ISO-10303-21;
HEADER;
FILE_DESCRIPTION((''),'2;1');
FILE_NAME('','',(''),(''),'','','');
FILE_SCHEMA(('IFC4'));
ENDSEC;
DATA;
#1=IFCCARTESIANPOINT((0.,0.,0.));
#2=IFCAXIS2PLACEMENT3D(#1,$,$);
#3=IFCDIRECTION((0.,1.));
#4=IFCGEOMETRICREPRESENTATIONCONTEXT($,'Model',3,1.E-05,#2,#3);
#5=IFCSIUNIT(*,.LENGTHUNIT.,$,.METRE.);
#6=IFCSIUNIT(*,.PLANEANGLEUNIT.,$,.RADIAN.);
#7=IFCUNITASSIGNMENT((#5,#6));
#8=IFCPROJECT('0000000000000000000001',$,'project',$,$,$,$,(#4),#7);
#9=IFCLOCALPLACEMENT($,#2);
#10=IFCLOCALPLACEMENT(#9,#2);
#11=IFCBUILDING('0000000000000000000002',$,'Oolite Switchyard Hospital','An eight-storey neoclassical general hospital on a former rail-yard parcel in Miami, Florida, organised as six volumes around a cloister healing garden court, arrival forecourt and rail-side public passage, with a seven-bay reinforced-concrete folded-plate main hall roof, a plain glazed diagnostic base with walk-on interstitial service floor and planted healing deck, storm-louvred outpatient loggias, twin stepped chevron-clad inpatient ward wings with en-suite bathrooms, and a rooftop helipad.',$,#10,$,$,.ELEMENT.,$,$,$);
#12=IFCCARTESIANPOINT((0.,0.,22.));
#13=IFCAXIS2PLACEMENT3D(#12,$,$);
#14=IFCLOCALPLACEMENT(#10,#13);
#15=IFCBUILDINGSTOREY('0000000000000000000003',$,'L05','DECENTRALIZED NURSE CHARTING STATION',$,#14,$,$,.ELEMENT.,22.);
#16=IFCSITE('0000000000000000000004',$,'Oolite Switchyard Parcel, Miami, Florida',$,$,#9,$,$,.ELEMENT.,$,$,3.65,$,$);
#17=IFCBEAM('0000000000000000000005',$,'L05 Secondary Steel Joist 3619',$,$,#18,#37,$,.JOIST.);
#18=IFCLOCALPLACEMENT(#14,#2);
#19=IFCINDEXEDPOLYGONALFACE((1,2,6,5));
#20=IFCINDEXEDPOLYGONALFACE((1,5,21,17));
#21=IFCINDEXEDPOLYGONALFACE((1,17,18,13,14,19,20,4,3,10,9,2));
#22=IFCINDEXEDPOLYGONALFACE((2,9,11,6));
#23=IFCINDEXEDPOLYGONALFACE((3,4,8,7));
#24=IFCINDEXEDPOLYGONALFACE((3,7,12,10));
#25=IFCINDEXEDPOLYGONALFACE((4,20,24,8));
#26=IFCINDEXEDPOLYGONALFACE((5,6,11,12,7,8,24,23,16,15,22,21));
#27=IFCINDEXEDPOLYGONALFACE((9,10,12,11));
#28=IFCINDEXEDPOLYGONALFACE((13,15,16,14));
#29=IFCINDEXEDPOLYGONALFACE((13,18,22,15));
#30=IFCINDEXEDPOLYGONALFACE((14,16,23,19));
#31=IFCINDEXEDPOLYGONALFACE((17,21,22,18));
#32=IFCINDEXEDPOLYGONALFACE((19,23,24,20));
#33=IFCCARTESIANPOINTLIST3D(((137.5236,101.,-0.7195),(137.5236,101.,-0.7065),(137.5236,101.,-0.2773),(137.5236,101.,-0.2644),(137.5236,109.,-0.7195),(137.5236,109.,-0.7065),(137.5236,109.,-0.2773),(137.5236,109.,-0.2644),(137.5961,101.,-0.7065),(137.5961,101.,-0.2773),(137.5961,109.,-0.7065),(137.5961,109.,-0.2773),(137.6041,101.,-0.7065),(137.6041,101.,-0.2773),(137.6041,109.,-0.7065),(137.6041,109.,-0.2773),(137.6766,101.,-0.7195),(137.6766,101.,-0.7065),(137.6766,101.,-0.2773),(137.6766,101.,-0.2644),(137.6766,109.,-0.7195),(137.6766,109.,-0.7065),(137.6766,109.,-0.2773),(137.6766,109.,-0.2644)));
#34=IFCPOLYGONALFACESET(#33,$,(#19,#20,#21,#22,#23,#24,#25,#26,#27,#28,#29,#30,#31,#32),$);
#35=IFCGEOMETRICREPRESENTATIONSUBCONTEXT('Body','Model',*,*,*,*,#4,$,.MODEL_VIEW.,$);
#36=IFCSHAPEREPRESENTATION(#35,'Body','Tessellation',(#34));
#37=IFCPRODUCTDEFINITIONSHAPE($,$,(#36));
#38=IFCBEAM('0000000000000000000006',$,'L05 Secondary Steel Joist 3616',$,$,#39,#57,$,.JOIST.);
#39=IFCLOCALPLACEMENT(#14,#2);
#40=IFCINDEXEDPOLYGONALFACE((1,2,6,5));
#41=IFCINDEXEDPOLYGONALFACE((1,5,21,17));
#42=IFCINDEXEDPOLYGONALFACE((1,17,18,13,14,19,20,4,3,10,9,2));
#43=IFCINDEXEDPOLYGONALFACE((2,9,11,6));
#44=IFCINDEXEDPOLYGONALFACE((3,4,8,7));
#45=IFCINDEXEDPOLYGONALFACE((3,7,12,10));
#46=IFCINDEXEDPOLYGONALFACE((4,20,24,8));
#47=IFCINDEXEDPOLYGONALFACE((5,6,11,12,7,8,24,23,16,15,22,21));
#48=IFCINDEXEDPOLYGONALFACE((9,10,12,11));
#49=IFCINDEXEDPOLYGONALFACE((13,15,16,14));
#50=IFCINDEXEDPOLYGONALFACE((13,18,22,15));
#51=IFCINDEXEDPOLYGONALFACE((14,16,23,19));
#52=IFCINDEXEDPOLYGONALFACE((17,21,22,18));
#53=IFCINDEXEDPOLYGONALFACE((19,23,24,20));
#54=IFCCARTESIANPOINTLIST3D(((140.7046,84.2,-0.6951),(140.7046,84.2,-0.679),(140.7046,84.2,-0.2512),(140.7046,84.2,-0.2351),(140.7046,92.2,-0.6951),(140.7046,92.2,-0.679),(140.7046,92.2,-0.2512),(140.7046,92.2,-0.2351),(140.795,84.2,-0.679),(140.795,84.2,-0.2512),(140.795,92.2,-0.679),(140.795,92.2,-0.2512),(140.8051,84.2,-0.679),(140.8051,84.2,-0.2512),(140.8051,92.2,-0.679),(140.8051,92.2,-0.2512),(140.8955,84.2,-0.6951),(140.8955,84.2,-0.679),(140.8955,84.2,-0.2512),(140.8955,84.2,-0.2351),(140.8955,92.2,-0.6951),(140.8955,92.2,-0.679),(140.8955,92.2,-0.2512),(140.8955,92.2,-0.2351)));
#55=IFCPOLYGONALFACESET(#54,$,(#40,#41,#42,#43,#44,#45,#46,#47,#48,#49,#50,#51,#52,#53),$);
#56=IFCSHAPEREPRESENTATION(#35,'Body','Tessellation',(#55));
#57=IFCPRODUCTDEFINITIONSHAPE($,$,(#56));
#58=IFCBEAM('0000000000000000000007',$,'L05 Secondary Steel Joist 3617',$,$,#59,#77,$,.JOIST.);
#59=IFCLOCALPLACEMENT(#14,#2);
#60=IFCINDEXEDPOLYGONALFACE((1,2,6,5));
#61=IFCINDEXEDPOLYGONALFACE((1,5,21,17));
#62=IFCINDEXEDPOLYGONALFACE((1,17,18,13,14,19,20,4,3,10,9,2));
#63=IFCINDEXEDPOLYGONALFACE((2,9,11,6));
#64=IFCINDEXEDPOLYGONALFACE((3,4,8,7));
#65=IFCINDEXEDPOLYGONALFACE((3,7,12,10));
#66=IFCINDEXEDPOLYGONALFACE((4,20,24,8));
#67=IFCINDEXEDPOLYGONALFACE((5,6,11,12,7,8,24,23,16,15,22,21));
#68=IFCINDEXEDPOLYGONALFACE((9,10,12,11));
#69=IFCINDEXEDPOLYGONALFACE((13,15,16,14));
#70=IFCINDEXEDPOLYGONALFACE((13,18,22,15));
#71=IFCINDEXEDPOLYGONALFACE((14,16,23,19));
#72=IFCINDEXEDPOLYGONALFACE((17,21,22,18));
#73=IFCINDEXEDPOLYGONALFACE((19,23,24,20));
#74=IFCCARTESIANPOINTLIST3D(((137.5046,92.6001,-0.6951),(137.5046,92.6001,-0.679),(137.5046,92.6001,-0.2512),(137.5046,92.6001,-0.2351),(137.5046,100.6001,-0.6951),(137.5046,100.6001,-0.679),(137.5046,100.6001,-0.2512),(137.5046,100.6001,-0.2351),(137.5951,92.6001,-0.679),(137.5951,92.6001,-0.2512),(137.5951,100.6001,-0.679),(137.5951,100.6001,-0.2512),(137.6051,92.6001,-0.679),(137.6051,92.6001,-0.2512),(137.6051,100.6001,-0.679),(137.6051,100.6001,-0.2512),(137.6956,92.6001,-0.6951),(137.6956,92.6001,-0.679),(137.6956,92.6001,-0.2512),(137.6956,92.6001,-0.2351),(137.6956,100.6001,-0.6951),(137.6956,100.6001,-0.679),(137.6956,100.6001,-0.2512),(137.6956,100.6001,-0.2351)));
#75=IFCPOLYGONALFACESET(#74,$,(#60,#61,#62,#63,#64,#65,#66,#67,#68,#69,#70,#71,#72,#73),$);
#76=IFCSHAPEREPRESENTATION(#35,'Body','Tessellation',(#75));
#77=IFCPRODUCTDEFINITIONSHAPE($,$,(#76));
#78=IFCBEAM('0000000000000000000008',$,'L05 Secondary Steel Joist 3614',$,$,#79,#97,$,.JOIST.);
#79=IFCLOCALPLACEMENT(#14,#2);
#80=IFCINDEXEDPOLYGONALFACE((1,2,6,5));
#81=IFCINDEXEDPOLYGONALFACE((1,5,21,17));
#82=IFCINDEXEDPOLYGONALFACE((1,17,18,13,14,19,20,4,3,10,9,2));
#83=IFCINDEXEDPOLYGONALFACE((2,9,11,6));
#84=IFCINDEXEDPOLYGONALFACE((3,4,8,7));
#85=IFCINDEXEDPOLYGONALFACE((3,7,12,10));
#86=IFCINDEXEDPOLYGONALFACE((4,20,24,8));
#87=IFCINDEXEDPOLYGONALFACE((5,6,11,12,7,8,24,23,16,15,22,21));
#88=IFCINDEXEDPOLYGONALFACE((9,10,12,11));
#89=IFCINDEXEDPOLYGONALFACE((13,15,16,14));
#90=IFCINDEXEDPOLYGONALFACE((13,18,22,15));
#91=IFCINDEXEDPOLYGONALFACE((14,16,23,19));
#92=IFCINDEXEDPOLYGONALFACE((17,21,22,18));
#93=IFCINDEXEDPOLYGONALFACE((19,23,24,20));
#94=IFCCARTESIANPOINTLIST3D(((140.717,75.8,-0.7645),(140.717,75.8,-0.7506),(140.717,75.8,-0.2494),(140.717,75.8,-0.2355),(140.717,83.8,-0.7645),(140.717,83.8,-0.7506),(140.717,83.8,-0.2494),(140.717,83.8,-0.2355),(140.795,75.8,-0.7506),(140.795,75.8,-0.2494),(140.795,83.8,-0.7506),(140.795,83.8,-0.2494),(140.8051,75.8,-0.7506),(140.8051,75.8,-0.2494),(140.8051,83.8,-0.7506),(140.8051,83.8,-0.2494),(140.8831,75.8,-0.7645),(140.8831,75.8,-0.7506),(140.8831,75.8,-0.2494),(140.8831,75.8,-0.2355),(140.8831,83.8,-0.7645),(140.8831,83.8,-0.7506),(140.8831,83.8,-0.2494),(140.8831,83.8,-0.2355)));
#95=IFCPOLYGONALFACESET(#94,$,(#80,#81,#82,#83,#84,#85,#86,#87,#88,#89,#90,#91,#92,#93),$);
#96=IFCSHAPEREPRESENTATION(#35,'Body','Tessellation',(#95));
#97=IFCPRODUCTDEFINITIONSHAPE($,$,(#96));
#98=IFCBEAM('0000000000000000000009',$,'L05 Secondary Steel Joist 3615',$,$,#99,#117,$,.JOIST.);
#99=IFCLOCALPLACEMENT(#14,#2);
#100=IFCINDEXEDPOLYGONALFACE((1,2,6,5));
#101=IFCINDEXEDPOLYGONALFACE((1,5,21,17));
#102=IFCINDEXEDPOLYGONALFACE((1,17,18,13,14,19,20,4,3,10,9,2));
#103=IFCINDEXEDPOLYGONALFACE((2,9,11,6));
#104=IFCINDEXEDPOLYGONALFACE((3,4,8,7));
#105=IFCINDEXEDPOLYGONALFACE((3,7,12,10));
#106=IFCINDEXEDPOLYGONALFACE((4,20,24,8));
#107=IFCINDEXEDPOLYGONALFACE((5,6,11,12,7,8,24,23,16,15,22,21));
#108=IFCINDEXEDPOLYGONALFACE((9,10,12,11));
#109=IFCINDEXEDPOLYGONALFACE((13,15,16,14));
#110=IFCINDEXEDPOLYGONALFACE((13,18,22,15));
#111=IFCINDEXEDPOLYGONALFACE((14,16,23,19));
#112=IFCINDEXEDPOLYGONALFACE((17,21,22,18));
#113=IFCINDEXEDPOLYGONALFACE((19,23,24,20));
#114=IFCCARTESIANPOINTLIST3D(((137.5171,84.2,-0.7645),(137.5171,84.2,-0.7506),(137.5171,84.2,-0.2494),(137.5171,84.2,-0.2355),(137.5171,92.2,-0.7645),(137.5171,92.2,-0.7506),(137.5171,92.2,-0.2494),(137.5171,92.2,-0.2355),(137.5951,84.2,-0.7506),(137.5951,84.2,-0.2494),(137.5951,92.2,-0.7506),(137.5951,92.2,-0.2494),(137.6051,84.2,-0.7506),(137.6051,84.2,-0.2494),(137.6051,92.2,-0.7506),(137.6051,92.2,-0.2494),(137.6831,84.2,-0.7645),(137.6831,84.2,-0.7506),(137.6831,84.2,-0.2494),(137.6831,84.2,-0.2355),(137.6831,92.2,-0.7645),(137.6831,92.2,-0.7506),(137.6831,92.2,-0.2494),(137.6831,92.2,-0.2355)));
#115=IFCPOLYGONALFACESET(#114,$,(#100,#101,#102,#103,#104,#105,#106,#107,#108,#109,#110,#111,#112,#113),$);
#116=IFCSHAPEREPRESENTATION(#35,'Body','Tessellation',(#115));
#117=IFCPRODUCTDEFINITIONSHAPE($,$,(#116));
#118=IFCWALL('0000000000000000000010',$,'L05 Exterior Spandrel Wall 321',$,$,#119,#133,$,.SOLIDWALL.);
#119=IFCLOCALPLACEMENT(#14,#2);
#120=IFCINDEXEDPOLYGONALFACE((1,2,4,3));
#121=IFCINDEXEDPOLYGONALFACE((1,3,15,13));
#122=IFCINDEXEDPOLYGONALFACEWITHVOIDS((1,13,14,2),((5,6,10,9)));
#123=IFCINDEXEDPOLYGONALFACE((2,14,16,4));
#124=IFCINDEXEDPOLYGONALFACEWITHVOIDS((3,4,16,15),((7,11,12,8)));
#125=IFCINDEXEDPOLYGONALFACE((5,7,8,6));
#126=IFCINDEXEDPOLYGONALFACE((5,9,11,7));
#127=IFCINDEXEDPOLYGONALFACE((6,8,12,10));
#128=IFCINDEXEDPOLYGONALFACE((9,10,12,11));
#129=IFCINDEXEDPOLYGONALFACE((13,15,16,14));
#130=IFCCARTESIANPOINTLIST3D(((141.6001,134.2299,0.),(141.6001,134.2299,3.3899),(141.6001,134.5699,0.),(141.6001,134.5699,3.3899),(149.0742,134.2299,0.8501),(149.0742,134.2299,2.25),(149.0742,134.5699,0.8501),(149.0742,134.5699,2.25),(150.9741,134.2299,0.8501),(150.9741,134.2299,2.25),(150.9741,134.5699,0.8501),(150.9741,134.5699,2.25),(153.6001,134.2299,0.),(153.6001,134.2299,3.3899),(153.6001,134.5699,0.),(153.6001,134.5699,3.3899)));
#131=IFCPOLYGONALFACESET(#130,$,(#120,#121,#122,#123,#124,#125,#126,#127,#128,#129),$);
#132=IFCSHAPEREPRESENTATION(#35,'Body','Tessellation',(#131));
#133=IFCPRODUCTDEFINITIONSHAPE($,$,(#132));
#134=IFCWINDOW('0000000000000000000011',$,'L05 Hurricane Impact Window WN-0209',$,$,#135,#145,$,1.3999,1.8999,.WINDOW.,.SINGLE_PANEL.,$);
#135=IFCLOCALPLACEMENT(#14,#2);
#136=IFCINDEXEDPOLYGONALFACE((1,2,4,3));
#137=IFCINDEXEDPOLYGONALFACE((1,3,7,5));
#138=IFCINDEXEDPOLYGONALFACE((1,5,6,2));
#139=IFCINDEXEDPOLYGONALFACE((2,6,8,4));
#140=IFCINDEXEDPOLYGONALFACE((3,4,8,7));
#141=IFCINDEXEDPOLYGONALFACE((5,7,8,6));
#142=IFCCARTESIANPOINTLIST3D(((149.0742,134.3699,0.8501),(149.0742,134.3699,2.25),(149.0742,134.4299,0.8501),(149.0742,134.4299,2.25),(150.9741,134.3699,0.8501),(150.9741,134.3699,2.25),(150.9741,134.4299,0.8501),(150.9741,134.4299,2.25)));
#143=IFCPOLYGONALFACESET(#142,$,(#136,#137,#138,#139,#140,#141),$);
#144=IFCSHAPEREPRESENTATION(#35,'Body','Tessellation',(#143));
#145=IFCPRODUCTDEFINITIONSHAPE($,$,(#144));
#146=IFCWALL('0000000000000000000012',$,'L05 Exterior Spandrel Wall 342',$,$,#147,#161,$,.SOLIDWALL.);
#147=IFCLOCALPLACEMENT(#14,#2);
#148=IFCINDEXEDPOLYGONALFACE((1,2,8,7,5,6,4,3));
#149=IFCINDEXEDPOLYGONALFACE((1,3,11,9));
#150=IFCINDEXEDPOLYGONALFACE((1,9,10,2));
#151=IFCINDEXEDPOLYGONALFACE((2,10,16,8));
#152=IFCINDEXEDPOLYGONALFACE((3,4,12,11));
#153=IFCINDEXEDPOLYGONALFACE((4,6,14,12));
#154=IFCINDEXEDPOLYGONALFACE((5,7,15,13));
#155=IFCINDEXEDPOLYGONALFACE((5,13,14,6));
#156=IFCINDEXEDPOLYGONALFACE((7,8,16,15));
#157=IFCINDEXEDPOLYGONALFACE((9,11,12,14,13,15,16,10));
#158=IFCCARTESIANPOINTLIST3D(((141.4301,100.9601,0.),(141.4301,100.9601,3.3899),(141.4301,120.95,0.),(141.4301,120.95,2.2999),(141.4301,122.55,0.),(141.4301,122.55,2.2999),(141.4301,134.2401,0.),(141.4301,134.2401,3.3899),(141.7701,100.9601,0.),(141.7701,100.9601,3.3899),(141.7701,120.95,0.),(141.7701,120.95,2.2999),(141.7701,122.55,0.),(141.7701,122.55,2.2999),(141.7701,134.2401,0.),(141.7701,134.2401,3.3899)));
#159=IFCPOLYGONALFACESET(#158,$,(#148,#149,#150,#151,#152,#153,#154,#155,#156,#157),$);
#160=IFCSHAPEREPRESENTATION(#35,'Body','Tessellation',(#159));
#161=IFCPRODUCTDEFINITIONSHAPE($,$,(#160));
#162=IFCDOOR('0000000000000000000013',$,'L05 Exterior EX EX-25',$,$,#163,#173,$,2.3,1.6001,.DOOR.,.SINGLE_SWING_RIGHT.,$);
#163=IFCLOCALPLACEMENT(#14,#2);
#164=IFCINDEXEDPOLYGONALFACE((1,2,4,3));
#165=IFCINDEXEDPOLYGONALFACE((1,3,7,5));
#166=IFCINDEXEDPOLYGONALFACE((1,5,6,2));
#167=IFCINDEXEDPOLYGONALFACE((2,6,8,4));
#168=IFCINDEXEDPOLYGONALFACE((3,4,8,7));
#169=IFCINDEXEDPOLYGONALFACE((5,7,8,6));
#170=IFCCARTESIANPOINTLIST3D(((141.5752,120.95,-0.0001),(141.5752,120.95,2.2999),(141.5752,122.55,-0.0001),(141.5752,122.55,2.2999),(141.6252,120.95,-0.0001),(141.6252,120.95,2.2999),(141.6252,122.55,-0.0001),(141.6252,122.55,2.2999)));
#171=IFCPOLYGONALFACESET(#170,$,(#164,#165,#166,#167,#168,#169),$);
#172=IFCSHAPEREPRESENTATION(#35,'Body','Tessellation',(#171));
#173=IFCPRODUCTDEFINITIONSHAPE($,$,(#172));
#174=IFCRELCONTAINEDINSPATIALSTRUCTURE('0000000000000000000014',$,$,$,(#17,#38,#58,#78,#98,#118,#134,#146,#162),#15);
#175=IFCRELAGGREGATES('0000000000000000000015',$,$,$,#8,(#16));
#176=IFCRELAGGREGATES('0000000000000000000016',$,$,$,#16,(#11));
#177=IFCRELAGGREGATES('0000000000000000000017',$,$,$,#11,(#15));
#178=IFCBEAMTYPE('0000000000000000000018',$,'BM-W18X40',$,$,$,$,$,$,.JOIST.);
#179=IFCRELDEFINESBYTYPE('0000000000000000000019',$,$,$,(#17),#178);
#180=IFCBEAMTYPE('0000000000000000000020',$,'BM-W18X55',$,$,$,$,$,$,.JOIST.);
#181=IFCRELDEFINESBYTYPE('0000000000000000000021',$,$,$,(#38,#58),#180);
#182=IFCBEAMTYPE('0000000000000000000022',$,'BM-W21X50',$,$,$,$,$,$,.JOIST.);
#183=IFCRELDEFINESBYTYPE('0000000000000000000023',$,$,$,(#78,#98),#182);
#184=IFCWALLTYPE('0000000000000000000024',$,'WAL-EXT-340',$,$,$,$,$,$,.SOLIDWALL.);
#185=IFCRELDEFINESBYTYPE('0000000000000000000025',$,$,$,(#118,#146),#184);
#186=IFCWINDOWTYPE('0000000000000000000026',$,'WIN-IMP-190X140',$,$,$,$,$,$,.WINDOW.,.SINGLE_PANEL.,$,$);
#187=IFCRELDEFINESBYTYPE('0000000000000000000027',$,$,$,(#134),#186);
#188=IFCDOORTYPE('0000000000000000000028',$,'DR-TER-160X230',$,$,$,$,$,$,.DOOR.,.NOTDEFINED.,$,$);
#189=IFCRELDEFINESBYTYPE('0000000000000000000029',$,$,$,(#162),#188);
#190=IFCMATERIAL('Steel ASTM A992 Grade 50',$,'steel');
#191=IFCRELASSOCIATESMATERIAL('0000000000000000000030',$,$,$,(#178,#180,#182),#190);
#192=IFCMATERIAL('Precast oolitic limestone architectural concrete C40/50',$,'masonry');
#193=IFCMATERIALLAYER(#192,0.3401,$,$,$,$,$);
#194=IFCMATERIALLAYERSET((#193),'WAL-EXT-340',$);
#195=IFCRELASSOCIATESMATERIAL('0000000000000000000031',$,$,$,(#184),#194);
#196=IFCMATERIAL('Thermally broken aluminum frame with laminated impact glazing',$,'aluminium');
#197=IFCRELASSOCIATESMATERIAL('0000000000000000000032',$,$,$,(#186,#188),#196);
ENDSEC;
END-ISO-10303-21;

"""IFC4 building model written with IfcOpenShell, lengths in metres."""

from ifc_helpers import new_model, si_unit, direction, frame, frame_2d, origin, origin_2d, place, context, subcontext, project, spatial, rectangle, i_section, extrude, material, layer, layer_set, material_profile, profile_set, type_object, element, fill, save


model = new_model("IFC4")

# Units and contexts
model_context = context("Model", 3, precision=1e-05, world=origin(), true_north=direction((0.0, 1.0)))
body_context = subcontext(model_context, "Body", "Model", "MODEL_VIEW")
ifc_project = project(units=[si_unit("LENGTHUNIT", "METRE"), si_unit("PLANEANGLEUNIT", "RADIAN")], contexts=[model_context])

# Site, building, storey
site_placement = place(None, origin())
site = spatial("IfcSite", under=ifc_project, at=site_placement, Name="Oolite Switchyard Parcel, Miami, Florida", CompositionType="ELEMENT", RefElevation=3.65)
building_placement = place(site_placement, origin())
building = spatial("IfcBuilding", under=site, at=building_placement, Name="Oolite Switchyard Hospital", Description="An eight-storey neoclassical general hospital on a former rail-yard parcel in Miami, Florida, organised as six volumes around a cloister healing garden court, arrival forecourt and rail-side public passage, with a seven-bay reinforced-concrete folded-plate main hall roof, a plain glazed diagnostic base with walk-on interstitial service floor and planted healing deck, storm-louvred outpatient loggias, twin stepped chevron-clad inpatient ward wings with en-suite bathrooms, and a rooftop helipad.", CompositionType="ELEMENT")
storey_placement = place(building_placement, frame((0.0, 0.0, 22.0)))
storey = spatial("IfcBuildingStorey", under=building, at=storey_placement, Name="L05", Description="DECENTRALIZED NURSE CHARTING STATION", CompositionType="ELEMENT", Elevation=22.0)

# Beams
ifc_material_1 = material(Name="Steel ASTM A992 Grade 50", Category="steel")
ifc_material_profile_1 = material_profile(ifc_material_1, i_section(OverallWidth=0.1531, OverallDepth=0.4551, WebThickness=0.0081, FlangeThickness=0.0129, at=origin_2d()), Name="W18X40")
ifc_profile_set_1 = profile_set([ifc_material_profile_1], Name="Steel ASTM A992 Grade 50")
beam_type_1 = type_object("IfcBeamType", Name="BM-W18X40", PredefinedType="JOIST", material=ifc_profile_set_1)
for number, where, z_axis, x_axis, name in (
    (1, (137.6001, 101.0, -0.4919), (0.0, 1.0, 0.0), (-1.0, 0.0, 0.0), "L05 Secondary Steel Joist 3619"),
):
    element("IfcBeam", number, at=place(storey_placement, frame(where, z_axis=z_axis, x_axis=x_axis)), inside=storey, type_object=beam_type_1, Name=name, PredefinedType="JOIST", context=body_context, shape_type="SweptSolid", body=[
        extrude(i_section(OverallWidth=0.1531, OverallDepth=0.4551, WebThickness=0.0081, FlangeThickness=0.0129, at=origin_2d()), origin(), (0.0, 0.0, 1.0), 8.0),
    ])
ifc_material_profile_2 = material_profile(ifc_material_1, i_section(OverallWidth=0.1909, OverallDepth=0.46, WebThickness=0.01, FlangeThickness=0.0161, at=origin_2d()), Name="W18X55")
ifc_profile_set_2 = profile_set([ifc_material_profile_2], Name="Steel ASTM A992 Grade 50")
beam_type_2 = type_object("IfcBeamType", Name="BM-W18X55", PredefinedType="JOIST", material=ifc_profile_set_2)
for number, where, z_axis, x_axis, name in (
    (2, (140.8, 84.2, -0.4651), (0.0, 1.0, 0.0), (-1.0, 0.0, 0.0), "L05 Secondary Steel Joist 3616"),
    (3, (137.6001, 92.6001, -0.4651), (0.0, 1.0, 0.0), (-1.0, 0.0, 0.0), "L05 Secondary Steel Joist 3617"),
):
    element("IfcBeam", number, at=place(storey_placement, frame(where, z_axis=z_axis, x_axis=x_axis)), inside=storey, type_object=beam_type_2, Name=name, PredefinedType="JOIST", context=body_context, shape_type="SweptSolid", body=[
        extrude(i_section(OverallWidth=0.1909, OverallDepth=0.46, WebThickness=0.01, FlangeThickness=0.0161, at=origin_2d()), origin(), (0.0, 0.0, 1.0), 8.0),
    ])
ifc_material_profile_3 = material_profile(ifc_material_1, i_section(OverallWidth=0.166, OverallDepth=0.5291, WebThickness=0.01, FlangeThickness=0.0139, at=origin_2d()), Name="W21X50")
ifc_profile_set_3 = profile_set([ifc_material_profile_3], Name="Steel ASTM A992 Grade 50")
beam_type_3 = type_object("IfcBeamType", Name="BM-W21X50", PredefinedType="JOIST", material=ifc_profile_set_3)
for number, where, z_axis, x_axis, name in (
    (4, (140.8, 75.8, -0.5), (0.0, 1.0, 0.0), (-1.0, 0.0, 0.0), "L05 Secondary Steel Joist 3614"),
    (5, (137.6001, 84.2, -0.5), (0.0, 1.0, 0.0), (-1.0, 0.0, 0.0), "L05 Secondary Steel Joist 3615"),
):
    element("IfcBeam", number, at=place(storey_placement, frame(where, z_axis=z_axis, x_axis=x_axis)), inside=storey, type_object=beam_type_3, Name=name, PredefinedType="JOIST", context=body_context, shape_type="SweptSolid", body=[
        extrude(i_section(OverallWidth=0.166, OverallDepth=0.5291, WebThickness=0.01, FlangeThickness=0.0139, at=origin_2d()), origin(), (0.0, 0.0, 1.0), 8.0),
    ])

# Wall, opening, window
ifc_material_2 = material(Name="Precast oolitic limestone architectural concrete C40/50", Category="masonry")
ifc_layer_1 = layer(ifc_material_2, 0.3401)
ifc_layer_set_1 = layer_set([ifc_layer_1], Name="WAL-EXT-340")
wall_type_1 = type_object("IfcWallType", Name="WAL-EXT-340", PredefinedType="SOLIDWALL", material=ifc_layer_set_1)
wall_1_placement = place(storey_placement, frame((141.6001, 134.3999, 0.0), z_axis=(0.0, 0.0, 1.0), x_axis=(1.0, 0.0, 0.0)))
wall_1 = element("IfcWall", 6, at=wall_1_placement, inside=storey, type_object=wall_type_1, Name="L05 Exterior Spandrel Wall 321", PredefinedType="SOLIDWALL", context=body_context, shape_type="SweptSolid", body=[
    extrude(rectangle(XDim=12.0, YDim=0.3401, at=frame_2d((6.0, 0.0))), origin(), (0.0, 0.0, 1.0), 3.3899),
])
opening_1_placement = place(wall_1_placement, frame((7.4741, 0.0, 0.8501)))
opening_1 = element("IfcOpeningElement", 7, at=opening_1_placement, cuts=wall_1, PredefinedType="OPENING", context=body_context, shape_type="SweptSolid", body=[
    extrude(rectangle(XDim=1.8999, YDim=1.3999, at=frame_2d((0.95, 0.7))), frame((0.0, 0.1802, 0.0), z_axis=(0.0, -1.0, 0.0), x_axis=(1.0, 0.0, 0.0)), (0.0, 0.0, 1.0), 0.3601),
])
ifc_material_3 = material(Name="Thermally broken aluminum frame with laminated impact glazing", Category="aluminium")
window_type = type_object("IfcWindowType", Name="WIN-IMP-190X140", PartitioningType="SINGLE_PANEL", PredefinedType="WINDOW", material=ifc_material_3)
window_placement = place(opening_1_placement, origin())
window = element("IfcWindow", 8, at=window_placement, inside=storey, type_object=window_type, Name="L05 Hurricane Impact Window WN-0209", OverallHeight=1.3999, OverallWidth=1.8999, PartitioningType="SINGLE_PANEL", PredefinedType="WINDOW", context=body_context, shape_type="SweptSolid", body=[
    extrude(rectangle(XDim=1.8999, YDim=1.3999, at=frame_2d((0.95, 0.7))), frame((0.0, 0.03, 0.0), z_axis=(0.0, -1.0, 0.0), x_axis=(1.0, 0.0, 0.0)), (0.0, 0.0, 1.0), 0.0601),
])
fill(opening_1, window)

# Wall, opening, door
wall_2_placement = place(storey_placement, frame((141.6001, 100.96, 0.0), z_axis=(0.0, 0.0, 1.0), x_axis=(0.0, 1.0, 0.0)))
wall_2 = element("IfcWall", 9, at=wall_2_placement, inside=storey, type_object=wall_type_1, Name="L05 Exterior Spandrel Wall 342", PredefinedType="SOLIDWALL", context=body_context, shape_type="SweptSolid", body=[
    extrude(rectangle(XDim=33.28, YDim=0.3401, at=frame_2d((16.6401, 0.0))), origin(), (0.0, 0.0, 1.0), 3.3899),
])
opening_2_placement = place(wall_2_placement, frame((19.99, 0.0, 0.0)))
opening_2 = element("IfcOpeningElement", 10, at=opening_2_placement, cuts=wall_2, PredefinedType="OPENING", context=body_context, shape_type="SweptSolid", body=[
    extrude(rectangle(XDim=1.6001, YDim=2.3, at=frame_2d((0.8, 1.1499))), frame((0.0, 0.1802, 0.0), z_axis=(0.0, -1.0, 0.0), x_axis=(1.0, 0.0, 0.0)), (0.0, 0.0, 1.0), 0.3601),
])
door_type = type_object("IfcDoorType", Name="DR-TER-160X230", OperationType="NOTDEFINED", PredefinedType="DOOR", material=ifc_material_3)
door_placement = place(opening_2_placement, origin())
door = element("IfcDoor", 11, at=door_placement, inside=storey, type_object=door_type, Name="L05 Exterior EX EX-25", OperationType="SINGLE_SWING_RIGHT", OverallHeight=2.3, OverallWidth=1.6001, PredefinedType="DOOR", context=body_context, shape_type="SweptSolid", body=[
    extrude(rectangle(XDim=1.6001, YDim=2.3, at=frame_2d((0.8, 1.1499))), frame((0.0, 0.0249, 0.0), z_axis=(0.0, -1.0, 0.0), x_axis=(1.0, 0.0, 0.0)), (0.0, 0.0, 1.0), 0.05),
])
fill(opening_2, door)

save(model, "model.ifc")
